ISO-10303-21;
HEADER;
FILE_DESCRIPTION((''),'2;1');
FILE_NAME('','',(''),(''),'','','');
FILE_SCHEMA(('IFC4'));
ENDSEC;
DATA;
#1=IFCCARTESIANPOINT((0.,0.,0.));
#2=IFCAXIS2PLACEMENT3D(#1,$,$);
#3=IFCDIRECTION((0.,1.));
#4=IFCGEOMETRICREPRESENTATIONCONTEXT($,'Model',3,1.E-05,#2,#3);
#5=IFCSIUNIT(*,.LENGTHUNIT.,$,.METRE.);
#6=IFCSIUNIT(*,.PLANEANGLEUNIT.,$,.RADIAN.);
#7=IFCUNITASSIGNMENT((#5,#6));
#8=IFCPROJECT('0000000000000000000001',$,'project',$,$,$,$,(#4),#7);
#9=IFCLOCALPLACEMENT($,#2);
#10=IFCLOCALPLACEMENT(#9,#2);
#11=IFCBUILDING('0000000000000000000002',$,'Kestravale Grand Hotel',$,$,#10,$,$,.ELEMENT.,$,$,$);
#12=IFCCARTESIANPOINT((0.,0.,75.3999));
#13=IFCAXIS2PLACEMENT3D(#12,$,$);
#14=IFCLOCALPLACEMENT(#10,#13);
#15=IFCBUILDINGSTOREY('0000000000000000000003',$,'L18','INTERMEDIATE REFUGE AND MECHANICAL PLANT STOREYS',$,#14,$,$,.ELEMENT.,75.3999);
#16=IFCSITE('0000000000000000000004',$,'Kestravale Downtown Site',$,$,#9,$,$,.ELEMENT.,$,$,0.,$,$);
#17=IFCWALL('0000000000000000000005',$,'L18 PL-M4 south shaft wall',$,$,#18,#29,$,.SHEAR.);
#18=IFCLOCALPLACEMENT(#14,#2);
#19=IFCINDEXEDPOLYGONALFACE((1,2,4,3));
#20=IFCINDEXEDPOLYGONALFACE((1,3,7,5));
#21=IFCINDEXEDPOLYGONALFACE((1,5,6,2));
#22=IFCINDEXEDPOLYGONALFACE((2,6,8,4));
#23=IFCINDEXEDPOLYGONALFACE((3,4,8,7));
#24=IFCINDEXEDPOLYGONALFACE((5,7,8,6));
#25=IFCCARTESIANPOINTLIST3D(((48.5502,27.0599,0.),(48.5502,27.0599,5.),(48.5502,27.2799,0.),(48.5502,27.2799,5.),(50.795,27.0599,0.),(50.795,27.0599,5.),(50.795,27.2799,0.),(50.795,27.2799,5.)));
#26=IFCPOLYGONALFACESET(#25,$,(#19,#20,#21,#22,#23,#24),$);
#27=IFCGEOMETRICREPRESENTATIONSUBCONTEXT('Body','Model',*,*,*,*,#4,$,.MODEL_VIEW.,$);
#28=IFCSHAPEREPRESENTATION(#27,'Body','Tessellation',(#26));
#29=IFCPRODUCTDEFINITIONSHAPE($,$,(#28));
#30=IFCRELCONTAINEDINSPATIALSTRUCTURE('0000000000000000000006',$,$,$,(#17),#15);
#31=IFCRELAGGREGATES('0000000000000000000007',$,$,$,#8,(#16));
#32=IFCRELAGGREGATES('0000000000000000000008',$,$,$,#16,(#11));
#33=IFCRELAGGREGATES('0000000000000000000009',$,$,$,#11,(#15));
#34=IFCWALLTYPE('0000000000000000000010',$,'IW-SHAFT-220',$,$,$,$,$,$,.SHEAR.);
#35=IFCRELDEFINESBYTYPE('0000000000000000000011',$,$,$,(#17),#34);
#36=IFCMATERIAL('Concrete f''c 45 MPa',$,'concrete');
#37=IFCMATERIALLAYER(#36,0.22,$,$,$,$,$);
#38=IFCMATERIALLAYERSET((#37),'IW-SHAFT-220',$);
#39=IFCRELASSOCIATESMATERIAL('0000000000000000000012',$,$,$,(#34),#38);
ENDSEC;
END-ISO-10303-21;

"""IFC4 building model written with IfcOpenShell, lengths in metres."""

from ifc_helpers import new_model, si_unit, direction, frame, frame_2d, origin, place, context, subcontext, project, spatial, rectangle, extrude, material, layer, layer_set, type_object, element, save


model = new_model("IFC4")

# Units and contexts
model_context = context("Model", 3, precision=1e-05, world=origin(), true_north=direction((0.0, 1.0)))
body_context = subcontext(model_context, "Body", "Model", "MODEL_VIEW")
ifc_project = project(units=[si_unit("LENGTHUNIT", "METRE"), si_unit("PLANEANGLEUNIT", "RADIAN")], contexts=[model_context])

# Site, building, storey
site_placement = place(None, origin())
site = spatial("IfcSite", under=ifc_project, at=site_placement, Name="Kestravale Downtown Site", CompositionType="ELEMENT", RefElevation=0.0)
building_placement = place(site_placement, origin())
building = spatial("IfcBuilding", under=site, at=building_placement, Name="Kestravale Grand Hotel", CompositionType="ELEMENT")
storey_placement = place(building_placement, frame((0.0, 0.0, 75.3999)))
storey = spatial("IfcBuildingStorey", under=building, at=storey_placement, Name="L18", Description="INTERMEDIATE REFUGE AND MECHANICAL PLANT STOREYS", CompositionType="ELEMENT", Elevation=75.3999)

# Wall
ifc_material_1 = material(Name="Concrete f'c 45 MPa", Category="concrete")
ifc_layer_1 = layer(ifc_material_1, 0.22)
ifc_layer_set_1 = layer_set([ifc_layer_1], Name="IW-SHAFT-220")
wall_type_1 = type_object("IfcWallType", Name="IW-SHAFT-220", PredefinedType="SHEAR", material=ifc_layer_set_1)
wall_1_placement = place(storey_placement, frame((48.55, 27.1699, 0.0), z_axis=(0.0, 0.0, 1.0), x_axis=(1.0, 0.0, 0.0)))
element("IfcWall", 1, at=wall_1_placement, inside=storey, type_object=wall_type_1, Name="L18 PL-M4 south shaft wall", PredefinedType="SHEAR", context=body_context, shape_type="SweptSolid", body=[
    extrude(rectangle(XDim=2.2449, YDim=0.22, at=frame_2d((1.1226, 0.0))), origin(), (0.0, 0.0, 1.0), 5.0),
])

save(model, "model.ifc")
